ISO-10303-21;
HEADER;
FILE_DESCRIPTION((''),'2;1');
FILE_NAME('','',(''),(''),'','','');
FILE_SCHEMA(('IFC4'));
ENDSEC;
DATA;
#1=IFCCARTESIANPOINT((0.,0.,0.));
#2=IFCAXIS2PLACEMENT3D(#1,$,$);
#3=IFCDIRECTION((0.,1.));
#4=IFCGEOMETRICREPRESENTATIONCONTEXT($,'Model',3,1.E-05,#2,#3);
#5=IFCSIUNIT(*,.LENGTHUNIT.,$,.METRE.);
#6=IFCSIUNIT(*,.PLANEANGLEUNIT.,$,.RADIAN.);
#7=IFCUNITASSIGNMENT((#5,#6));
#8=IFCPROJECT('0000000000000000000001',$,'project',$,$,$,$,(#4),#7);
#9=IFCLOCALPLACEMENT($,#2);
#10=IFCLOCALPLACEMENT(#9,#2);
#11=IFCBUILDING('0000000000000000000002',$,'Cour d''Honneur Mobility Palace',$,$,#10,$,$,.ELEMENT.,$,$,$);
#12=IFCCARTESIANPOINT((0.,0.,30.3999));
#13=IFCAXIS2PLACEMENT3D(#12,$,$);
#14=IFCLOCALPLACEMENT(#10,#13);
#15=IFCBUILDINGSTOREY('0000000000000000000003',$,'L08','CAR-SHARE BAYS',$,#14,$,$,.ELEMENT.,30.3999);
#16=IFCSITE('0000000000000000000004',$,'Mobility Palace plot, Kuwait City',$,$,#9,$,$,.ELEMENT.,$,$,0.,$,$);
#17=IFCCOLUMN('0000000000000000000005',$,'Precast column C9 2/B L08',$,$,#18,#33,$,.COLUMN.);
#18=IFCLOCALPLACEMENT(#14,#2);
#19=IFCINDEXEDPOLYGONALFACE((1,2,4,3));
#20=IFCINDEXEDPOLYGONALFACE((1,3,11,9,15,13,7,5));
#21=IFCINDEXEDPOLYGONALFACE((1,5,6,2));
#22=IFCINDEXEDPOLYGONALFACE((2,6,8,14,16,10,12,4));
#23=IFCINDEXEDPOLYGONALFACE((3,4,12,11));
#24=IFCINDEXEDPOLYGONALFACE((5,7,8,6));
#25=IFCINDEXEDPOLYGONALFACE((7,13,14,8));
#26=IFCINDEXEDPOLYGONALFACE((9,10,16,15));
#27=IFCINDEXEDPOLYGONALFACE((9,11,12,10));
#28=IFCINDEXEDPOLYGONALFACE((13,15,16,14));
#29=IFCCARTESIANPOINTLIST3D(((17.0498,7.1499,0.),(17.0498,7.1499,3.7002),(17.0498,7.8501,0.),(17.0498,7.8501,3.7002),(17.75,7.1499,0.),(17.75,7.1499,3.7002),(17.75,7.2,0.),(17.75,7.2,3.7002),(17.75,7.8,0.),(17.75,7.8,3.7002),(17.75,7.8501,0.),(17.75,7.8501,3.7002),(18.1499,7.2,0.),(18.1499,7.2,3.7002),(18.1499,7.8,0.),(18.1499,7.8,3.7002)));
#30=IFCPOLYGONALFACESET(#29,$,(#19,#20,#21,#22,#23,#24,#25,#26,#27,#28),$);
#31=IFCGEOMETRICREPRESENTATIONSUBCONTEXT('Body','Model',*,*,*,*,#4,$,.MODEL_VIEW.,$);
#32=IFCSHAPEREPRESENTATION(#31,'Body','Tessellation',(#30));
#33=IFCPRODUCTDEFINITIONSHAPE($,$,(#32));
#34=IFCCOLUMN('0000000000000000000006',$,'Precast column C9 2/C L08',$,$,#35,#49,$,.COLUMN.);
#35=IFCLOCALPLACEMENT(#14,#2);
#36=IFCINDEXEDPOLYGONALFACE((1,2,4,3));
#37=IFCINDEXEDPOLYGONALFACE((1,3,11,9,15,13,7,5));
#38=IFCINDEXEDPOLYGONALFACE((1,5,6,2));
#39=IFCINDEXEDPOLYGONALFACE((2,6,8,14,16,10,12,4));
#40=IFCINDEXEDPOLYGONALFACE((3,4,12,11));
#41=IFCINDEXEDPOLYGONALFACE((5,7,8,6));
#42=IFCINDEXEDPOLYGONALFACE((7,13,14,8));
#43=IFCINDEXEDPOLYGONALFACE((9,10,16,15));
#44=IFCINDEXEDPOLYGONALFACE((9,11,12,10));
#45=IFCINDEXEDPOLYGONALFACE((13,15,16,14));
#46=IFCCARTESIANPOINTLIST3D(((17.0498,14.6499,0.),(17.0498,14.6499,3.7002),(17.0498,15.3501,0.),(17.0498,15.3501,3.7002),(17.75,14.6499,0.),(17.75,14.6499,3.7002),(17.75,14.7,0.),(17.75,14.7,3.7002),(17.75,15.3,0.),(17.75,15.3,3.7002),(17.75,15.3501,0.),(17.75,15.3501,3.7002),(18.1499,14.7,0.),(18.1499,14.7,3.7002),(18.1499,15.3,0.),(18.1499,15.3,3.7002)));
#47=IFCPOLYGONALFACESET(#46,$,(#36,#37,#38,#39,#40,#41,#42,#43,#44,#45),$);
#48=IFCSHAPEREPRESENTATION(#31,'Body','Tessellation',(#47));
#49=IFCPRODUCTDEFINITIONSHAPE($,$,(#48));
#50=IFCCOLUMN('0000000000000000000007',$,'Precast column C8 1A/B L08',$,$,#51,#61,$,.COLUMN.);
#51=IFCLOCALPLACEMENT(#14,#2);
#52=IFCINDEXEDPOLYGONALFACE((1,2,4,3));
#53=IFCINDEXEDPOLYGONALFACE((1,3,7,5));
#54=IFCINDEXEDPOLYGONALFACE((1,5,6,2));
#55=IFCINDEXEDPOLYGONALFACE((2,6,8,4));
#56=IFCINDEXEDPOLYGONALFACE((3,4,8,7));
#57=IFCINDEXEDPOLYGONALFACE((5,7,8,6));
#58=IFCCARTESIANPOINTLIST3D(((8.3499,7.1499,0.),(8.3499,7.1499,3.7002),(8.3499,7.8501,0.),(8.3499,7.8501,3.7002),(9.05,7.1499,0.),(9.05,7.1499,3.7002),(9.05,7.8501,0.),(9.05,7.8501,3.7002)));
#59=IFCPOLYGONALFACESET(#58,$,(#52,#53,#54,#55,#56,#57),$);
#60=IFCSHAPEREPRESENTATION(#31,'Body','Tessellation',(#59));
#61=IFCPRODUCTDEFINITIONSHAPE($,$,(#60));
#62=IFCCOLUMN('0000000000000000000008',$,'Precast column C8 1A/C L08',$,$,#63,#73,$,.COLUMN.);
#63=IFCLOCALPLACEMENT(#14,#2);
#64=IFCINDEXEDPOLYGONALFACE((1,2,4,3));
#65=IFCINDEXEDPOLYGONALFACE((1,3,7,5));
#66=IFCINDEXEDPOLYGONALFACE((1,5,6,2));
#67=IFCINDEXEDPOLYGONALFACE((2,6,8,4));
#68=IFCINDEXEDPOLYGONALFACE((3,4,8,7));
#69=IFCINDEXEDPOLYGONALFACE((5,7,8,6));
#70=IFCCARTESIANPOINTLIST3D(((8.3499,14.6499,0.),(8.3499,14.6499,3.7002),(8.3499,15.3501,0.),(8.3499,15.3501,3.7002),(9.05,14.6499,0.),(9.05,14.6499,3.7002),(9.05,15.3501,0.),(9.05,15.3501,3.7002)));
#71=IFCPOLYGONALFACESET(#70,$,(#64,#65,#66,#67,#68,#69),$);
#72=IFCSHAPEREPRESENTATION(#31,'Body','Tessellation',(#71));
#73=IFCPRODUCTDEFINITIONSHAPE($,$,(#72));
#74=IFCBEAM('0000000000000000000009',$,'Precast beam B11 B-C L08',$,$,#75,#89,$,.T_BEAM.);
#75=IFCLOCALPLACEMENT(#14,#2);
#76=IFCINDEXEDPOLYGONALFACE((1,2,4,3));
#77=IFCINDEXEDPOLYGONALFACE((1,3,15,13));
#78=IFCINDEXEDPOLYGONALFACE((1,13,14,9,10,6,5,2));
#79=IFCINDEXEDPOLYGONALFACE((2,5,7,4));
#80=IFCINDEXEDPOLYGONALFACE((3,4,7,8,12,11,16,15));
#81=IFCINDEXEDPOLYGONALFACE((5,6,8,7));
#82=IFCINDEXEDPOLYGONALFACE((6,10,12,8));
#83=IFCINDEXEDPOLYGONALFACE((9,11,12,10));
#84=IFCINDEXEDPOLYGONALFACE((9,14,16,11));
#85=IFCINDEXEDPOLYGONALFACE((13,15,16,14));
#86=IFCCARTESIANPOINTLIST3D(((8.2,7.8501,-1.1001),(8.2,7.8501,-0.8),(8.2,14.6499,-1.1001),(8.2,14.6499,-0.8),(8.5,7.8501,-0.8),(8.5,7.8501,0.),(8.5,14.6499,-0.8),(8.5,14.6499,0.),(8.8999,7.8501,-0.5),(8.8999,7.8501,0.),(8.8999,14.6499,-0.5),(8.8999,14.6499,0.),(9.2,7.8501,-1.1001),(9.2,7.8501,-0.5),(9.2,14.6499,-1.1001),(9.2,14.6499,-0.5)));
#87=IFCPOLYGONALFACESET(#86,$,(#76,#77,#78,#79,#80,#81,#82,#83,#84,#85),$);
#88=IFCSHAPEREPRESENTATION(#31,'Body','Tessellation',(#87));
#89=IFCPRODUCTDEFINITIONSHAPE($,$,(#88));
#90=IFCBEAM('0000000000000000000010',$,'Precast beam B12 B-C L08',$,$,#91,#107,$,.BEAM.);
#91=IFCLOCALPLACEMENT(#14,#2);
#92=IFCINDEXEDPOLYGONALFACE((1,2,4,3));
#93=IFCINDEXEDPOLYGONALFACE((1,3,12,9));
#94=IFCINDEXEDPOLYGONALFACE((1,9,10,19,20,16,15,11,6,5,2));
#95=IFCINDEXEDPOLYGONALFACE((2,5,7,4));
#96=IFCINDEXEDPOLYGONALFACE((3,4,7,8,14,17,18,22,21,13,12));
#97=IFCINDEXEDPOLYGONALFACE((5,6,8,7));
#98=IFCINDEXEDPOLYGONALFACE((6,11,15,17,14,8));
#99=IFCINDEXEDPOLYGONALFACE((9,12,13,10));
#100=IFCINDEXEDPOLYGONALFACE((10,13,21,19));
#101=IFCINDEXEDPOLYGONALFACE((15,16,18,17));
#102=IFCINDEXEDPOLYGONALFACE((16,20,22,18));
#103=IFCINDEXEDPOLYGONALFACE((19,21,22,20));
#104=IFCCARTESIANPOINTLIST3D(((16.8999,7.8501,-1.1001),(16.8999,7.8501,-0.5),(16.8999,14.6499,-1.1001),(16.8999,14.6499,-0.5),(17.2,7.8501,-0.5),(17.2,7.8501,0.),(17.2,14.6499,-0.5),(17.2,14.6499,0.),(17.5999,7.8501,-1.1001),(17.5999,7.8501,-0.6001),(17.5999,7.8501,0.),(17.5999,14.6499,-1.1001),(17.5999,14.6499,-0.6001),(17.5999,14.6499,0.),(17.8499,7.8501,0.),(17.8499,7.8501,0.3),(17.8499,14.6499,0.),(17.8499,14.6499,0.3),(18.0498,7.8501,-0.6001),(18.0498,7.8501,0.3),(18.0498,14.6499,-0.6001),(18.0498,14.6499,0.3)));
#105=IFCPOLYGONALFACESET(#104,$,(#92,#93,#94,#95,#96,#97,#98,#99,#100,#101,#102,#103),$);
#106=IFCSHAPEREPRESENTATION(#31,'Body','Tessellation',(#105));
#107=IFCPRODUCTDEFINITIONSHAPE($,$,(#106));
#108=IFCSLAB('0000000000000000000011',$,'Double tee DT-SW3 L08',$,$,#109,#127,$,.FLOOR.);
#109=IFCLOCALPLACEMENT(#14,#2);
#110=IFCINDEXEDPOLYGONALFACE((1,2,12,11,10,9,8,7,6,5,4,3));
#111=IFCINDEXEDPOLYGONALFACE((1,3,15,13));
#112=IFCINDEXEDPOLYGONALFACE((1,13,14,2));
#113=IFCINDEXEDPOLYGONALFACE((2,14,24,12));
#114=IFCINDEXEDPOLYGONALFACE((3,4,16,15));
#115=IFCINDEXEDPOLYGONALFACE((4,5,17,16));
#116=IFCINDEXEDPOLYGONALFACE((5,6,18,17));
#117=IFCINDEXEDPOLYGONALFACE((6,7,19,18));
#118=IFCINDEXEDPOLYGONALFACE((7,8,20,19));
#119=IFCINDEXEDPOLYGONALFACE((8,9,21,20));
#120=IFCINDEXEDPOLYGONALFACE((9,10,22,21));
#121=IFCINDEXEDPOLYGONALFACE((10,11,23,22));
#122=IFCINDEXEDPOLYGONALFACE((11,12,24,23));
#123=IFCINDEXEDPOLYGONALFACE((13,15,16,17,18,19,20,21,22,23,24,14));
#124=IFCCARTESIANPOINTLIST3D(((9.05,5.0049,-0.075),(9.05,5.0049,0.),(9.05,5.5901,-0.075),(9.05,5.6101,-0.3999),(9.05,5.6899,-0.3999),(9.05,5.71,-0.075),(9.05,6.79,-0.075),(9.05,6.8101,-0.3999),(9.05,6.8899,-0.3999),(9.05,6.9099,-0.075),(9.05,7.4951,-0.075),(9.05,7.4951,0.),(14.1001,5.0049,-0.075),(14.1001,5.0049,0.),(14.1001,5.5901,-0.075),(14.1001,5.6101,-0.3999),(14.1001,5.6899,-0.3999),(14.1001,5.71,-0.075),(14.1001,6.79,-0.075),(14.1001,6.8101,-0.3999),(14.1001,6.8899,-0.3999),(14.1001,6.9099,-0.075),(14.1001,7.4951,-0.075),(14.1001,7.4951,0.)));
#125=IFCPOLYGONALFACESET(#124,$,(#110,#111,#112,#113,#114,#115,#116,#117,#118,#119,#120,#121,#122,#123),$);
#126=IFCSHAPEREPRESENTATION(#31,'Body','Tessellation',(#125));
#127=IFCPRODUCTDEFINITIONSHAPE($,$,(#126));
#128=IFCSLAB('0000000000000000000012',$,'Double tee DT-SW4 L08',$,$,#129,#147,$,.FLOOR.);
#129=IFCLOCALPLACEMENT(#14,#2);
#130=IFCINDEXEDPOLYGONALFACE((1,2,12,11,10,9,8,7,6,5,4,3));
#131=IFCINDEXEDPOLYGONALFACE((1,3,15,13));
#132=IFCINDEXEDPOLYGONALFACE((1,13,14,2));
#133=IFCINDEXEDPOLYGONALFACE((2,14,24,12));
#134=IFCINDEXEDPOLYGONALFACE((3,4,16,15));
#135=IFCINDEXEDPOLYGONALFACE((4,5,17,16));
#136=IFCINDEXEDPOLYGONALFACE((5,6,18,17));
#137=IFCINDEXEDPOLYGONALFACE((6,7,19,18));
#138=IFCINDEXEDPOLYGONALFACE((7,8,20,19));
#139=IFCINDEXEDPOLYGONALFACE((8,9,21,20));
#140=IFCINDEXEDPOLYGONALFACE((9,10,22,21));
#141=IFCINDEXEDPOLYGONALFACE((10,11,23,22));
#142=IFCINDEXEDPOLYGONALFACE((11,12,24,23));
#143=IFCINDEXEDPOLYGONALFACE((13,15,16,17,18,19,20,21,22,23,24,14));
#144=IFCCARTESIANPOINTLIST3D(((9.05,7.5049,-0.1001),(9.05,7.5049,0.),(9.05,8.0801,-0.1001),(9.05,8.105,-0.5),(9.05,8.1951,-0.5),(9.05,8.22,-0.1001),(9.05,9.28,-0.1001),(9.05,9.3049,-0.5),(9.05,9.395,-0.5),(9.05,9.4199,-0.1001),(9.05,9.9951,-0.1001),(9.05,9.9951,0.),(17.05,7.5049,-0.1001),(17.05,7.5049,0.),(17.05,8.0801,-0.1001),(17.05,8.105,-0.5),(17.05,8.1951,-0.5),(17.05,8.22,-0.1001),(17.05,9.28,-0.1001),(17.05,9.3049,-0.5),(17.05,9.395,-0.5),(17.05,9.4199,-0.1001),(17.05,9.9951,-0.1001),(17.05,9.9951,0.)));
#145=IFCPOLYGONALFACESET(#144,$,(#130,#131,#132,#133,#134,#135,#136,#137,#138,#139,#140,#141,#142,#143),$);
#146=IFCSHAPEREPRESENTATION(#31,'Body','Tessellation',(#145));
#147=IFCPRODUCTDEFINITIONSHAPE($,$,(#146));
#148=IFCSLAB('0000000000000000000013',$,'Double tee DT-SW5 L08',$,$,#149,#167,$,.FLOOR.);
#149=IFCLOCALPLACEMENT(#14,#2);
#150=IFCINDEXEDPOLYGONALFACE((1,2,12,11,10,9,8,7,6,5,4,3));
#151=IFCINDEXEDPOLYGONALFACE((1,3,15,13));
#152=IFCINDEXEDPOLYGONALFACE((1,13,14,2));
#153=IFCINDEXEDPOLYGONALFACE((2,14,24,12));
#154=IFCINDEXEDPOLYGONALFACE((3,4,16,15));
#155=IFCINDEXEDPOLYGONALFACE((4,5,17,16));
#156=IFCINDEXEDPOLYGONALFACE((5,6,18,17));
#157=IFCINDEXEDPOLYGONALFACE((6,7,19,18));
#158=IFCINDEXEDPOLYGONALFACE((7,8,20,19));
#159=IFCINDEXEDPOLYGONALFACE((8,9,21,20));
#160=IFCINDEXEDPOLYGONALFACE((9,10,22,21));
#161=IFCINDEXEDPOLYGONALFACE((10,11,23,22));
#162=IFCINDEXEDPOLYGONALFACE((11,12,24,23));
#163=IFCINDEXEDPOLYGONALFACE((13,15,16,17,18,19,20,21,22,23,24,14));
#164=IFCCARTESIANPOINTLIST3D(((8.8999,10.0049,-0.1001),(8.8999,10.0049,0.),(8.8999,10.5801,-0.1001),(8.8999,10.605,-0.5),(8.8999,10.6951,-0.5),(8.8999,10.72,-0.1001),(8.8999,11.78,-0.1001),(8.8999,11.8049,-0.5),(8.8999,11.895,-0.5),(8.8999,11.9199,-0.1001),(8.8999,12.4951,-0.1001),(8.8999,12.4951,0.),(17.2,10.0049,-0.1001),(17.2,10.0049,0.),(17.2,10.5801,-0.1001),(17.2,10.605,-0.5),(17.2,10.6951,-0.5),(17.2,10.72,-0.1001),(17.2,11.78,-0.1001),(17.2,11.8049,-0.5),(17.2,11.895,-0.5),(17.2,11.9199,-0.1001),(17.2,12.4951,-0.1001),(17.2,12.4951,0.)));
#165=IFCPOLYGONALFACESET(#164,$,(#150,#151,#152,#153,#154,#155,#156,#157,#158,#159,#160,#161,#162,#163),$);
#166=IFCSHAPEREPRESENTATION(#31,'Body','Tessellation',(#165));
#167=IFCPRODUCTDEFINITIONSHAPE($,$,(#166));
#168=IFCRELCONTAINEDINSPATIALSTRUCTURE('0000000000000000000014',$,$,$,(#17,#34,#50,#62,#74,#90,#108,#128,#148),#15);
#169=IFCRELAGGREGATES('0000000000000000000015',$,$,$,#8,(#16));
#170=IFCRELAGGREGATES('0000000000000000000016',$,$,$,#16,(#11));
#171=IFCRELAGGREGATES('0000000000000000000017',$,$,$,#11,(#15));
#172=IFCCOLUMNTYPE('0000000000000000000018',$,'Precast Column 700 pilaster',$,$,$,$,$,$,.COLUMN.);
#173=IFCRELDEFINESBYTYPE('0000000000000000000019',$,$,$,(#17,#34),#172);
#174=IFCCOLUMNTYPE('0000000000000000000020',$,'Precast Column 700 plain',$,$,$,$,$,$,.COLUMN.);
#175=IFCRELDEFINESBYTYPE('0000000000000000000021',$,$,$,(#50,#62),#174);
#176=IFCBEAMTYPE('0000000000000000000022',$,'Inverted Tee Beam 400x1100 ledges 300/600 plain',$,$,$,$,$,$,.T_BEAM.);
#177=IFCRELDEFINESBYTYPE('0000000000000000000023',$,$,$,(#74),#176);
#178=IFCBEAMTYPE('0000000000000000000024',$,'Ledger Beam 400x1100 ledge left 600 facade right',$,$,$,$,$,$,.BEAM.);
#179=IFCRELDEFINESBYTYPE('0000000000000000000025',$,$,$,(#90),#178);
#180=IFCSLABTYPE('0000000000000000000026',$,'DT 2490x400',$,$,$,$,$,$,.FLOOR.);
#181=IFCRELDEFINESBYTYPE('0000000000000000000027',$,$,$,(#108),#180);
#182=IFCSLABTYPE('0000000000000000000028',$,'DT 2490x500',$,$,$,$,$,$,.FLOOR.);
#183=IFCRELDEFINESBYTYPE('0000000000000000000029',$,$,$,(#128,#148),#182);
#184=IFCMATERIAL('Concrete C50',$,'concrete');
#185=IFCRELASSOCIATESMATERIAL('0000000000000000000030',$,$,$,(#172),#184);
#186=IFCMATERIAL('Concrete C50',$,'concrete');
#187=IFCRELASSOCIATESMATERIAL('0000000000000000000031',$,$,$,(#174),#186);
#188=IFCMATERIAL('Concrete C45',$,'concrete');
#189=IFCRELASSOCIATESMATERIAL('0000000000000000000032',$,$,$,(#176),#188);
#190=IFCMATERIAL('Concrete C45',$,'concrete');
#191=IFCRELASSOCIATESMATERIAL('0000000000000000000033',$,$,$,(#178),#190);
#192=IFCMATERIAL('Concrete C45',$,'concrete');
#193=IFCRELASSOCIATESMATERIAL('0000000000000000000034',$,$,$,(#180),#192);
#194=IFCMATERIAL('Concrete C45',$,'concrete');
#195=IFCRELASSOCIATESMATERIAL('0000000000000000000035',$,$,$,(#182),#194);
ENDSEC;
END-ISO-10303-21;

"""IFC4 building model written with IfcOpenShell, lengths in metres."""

from ifc_helpers import new_model, si_unit, direction, frame, origin, place, context, subcontext, project, spatial, polyline, outline, extrude, material, material_profile, profile_set, type_object, element, save


model = new_model("IFC4")

# Units and contexts
model_context = context("Model", 3, precision=1e-05, world=origin(), true_north=direction((0.0, 1.0)))
body_context = subcontext(model_context, "Body", "Model", "MODEL_VIEW")
ifc_project = project(units=[si_unit("LENGTHUNIT", "METRE"), si_unit("PLANEANGLEUNIT", "RADIAN")], contexts=[model_context])

# Site, building, storey
site_placement = place(None, origin())
site = spatial("IfcSite", under=ifc_project, at=site_placement, Name="Mobility Palace plot, Kuwait City", CompositionType="ELEMENT", RefElevation=0.0)
building_placement = place(site_placement, origin())
building = spatial("IfcBuilding", under=site, at=building_placement, Name="Cour d'Honneur Mobility Palace", CompositionType="ELEMENT")
storey_placement = place(building_placement, frame((0.0, 0.0, 30.3999)))
storey = spatial("IfcBuildingStorey", under=building, at=storey_placement, Name="L08", Description="CAR-SHARE BAYS", CompositionType="ELEMENT", Elevation=30.3999)

# Columns
ifc_material_1 = material(Name="Concrete C50", Category="concrete")
ifc_material_profile_1 = material_profile(ifc_material_1, outline(polyline([(-0.3501, -0.3501), (0.3501, -0.3501), (0.3501, -0.3), (0.75, -0.3), (0.75, 0.3), (0.3501, 0.3), (0.3501, 0.3501), (-0.3501, 0.3501), (-0.3501, -0.3501)])), Name="PC C700 pilaster")
ifc_profile_set_1 = profile_set([ifc_material_profile_1], Name="Concrete C50")
column_type_1 = type_object("IfcColumnType", Name="Precast Column 700 pilaster", PredefinedType="COLUMN", material=ifc_profile_set_1)
for number, where, z_axis, x_axis, name in (
    (1, (17.3999, 7.5, 0.0), (0.0, 0.0, 1.0), (1.0, 0.0, 0.0), "Precast column C9 2/B L08"),
    (2, (17.3999, 15.0, 0.0), (0.0, 0.0, 1.0), (1.0, 0.0, 0.0), "Precast column C9 2/C L08"),
):
    element("IfcColumn", number, at=place(storey_placement, frame(where, z_axis=z_axis, x_axis=x_axis)), inside=storey, type_object=column_type_1, Name=name, PredefinedType="COLUMN", context=body_context, shape_type="SweptSolid", body=[
        extrude(outline(polyline([(-0.3501, -0.3501), (0.3501, -0.3501), (0.3501, -0.3), (0.75, -0.3), (0.75, 0.3), (0.3501, 0.3), (0.3501, 0.3501), (-0.3501, 0.3501), (-0.3501, -0.3501)])), origin(), (0.0, 0.0, 1.0), 3.7002),
    ])
ifc_material_2 = material(Name="Concrete C50", Category="concrete")
ifc_material_profile_2 = material_profile(ifc_material_2, outline(polyline([(-0.3501, -0.3501), (0.3501, -0.3501), (0.3501, 0.3501), (-0.3501, 0.3501), (-0.3501, -0.3501)])), Name="PC C700 plain")
ifc_profile_set_2 = profile_set([ifc_material_profile_2], Name="Concrete C50")
column_type_2 = type_object("IfcColumnType", Name="Precast Column 700 plain", PredefinedType="COLUMN", material=ifc_profile_set_2)
for number, where, z_axis, x_axis, name in (
    (3, (8.7, 7.5, 0.0), (0.0, 0.0, 1.0), (1.0, 0.0, 0.0), "Precast column C8 1A/B L08"),
    (4, (8.7, 15.0, 0.0), (0.0, 0.0, 1.0), (1.0, 0.0, 0.0), "Precast column C8 1A/C L08"),
):
    element("IfcColumn", number, at=place(storey_placement, frame(where, z_axis=z_axis, x_axis=x_axis)), inside=storey, type_object=column_type_2, Name=name, PredefinedType="COLUMN", context=body_context, shape_type="SweptSolid", body=[
        extrude(outline(polyline([(-0.3501, -0.3501), (0.3501, -0.3501), (0.3501, 0.3501), (-0.3501, 0.3501), (-0.3501, -0.3501)])), origin(), (0.0, 0.0, 1.0), 3.7002),
    ])

# Beams
ifc_material_3 = material(Name="Concrete C45", Category="concrete")
ifc_material_profile_3 = material_profile(ifc_material_3, outline(polyline([(0.5, -1.1001), (0.5, -0.8), (0.2, -0.8), (0.2, 0.0), (-0.2, 0.0), (-0.2, -0.5), (-0.5, -0.5), (-0.5, -1.1001), (0.5, -1.1001)])), Name="Inverted Tee Beam 400x1100 ledges 300/600 plain")
ifc_profile_set_3 = profile_set([ifc_material_profile_3], Name="Concrete C45")
beam_type_1 = type_object("IfcBeamType", Name="Inverted Tee Beam 400x1100 ledges 300/600 plain", PredefinedType="T_BEAM", material=ifc_profile_set_3)
beam_1_placement = place(storey_placement, frame((8.7, 7.8501, 0.0), z_axis=(0.0, 1.0, 0.0), x_axis=(-1.0, 0.0, 0.0)))
element("IfcBeam", 5, at=beam_1_placement, inside=storey, type_object=beam_type_1, Name="Precast beam B11 B-C L08", PredefinedType="T_BEAM", context=body_context, shape_type="SweptSolid", body=[
    extrude(outline(polyline([(0.5, -1.1001), (0.5, -0.8), (0.2, -0.8), (0.2, 0.0), (-0.2, 0.0), (-0.2, -0.5), (-0.5, -0.5), (-0.5, -1.1001), (0.5, -1.1001)])), origin(), (0.0, 0.0, 1.0), 6.7998),
])
ifc_material_4 = material(Name="Concrete C45", Category="concrete")
ifc_material_profile_4 = material_profile(ifc_material_4, outline(polyline([(0.5, -1.1001), (0.5, -0.5), (0.2, -0.5), (0.2, 0.0), (-0.2, 0.0), (-0.45, 0.0), (-0.45, 0.3), (-0.6499, 0.3), (-0.6499, -0.6001), (-0.2, -0.6001), (-0.2, -1.1001), (0.5, -1.1001)])), Name="Ledger Beam 400x1100 ledge left 600 facade right")
ifc_profile_set_4 = profile_set([ifc_material_profile_4], Name="Concrete C45")
beam_type_2 = type_object("IfcBeamType", Name="Ledger Beam 400x1100 ledge left 600 facade right", PredefinedType="BEAM", material=ifc_profile_set_4)
beam_2_placement = place(storey_placement, frame((17.3999, 7.8501, 0.0), z_axis=(0.0, 1.0, 0.0), x_axis=(-1.0, 0.0, 0.0)))
element("IfcBeam", 6, at=beam_2_placement, inside=storey, type_object=beam_type_2, Name="Precast beam B12 B-C L08", PredefinedType="BEAM", context=body_context, shape_type="SweptSolid", body=[
    extrude(outline(polyline([(0.5, -1.1001), (0.5, -0.5), (0.2, -0.5), (0.2, 0.0), (-0.2, 0.0), (-0.45, 0.0), (-0.45, 0.3), (-0.6499, 0.3), (-0.6499, -0.6001), (-0.2, -0.6001), (-0.2, -1.1001), (0.5, -1.1001)])), origin(), (0.0, 0.0, 1.0), 6.7998),
])

# Slabs
ifc_material_5 = material(Name="Concrete C45", Category="concrete")
ifc_material_profile_5 = material_profile(ifc_material_5, outline(polyline([(-1.2451, 0.0), (1.2451, 0.0), (1.2451, -0.075), (0.6599, -0.075), (0.6399, -0.3999), (0.5601, -0.3999), (0.54, -0.075), (-0.54, -0.075), (-0.5601, -0.3999), (-0.6399, -0.3999), (-0.6599, -0.075), (-1.2451, -0.075), (-1.2451, 0.0)])), Name="DT 2490x400")
ifc_profile_set_5 = profile_set([ifc_material_profile_5], Name="Concrete C45")
slab_type_1 = type_object("IfcSlabType", Name="DT 2490x400", PredefinedType="FLOOR", material=ifc_profile_set_5)
slab_1_placement = place(storey_placement, frame((9.05, 6.25, 0.0), z_axis=(1.0, 0.0, 0.0), x_axis=(0.0, 1.0, 0.0)))
element("IfcSlab", 7, at=slab_1_placement, inside=storey, type_object=slab_type_1, Name="Double tee DT-SW3 L08", PredefinedType="FLOOR", context=body_context, shape_type="SweptSolid", body=[
    extrude(outline(polyline([(-1.2451, 0.0), (1.2451, 0.0), (1.2451, -0.075), (0.6599, -0.075), (0.6399, -0.3999), (0.5601, -0.3999), (0.54, -0.075), (-0.54, -0.075), (-0.5601, -0.3999), (-0.6399, -0.3999), (-0.6599, -0.075), (-1.2451, -0.075), (-1.2451, 0.0)])), origin(), (0.0, 0.0, 1.0), 5.05),
])
ifc_material_6 = material(Name="Concrete C45", Category="concrete")
ifc_material_profile_6 = material_profile(ifc_material_6, outline(polyline([(-1.2451, 0.0), (1.2451, 0.0), (1.2451, -0.1001), (0.6699, -0.1001), (0.645, -0.5), (0.5549, -0.5), (0.53, -0.1001), (-0.53, -0.1001), (-0.5549, -0.5), (-0.645, -0.5), (-0.6699, -0.1001), (-1.2451, -0.1001), (-1.2451, 0.0)])), Name="DT 2490x500")
ifc_profile_set_6 = profile_set([ifc_material_profile_6], Name="Concrete C45")
slab_type_2 = type_object("IfcSlabType", Name="DT 2490x500", PredefinedType="FLOOR", material=ifc_profile_set_6)
slab_2_placement = place(storey_placement, frame((9.05, 8.75, 0.0), z_axis=(1.0, 0.0, 0.0), x_axis=(0.0, 1.0, 0.0)))
element("IfcSlab", 8, at=slab_2_placement, inside=storey, type_object=slab_type_2, Name="Double tee DT-SW4 L08", PredefinedType="FLOOR", context=body_context, shape_type="SweptSolid", body=[
    extrude(outline(polyline([(-1.2451, 0.0), (1.2451, 0.0), (1.2451, -0.1001), (0.6699, -0.1001), (0.645, -0.5), (0.5549, -0.5), (0.53, -0.1001), (-0.53, -0.1001), (-0.5549, -0.5), (-0.645, -0.5), (-0.6699, -0.1001), (-1.2451, -0.1001), (-1.2451, 0.0)])), origin(), (0.0, 0.0, 1.0), 8.0),
])
slab_3_placement = place(storey_placement, frame((8.8999, 11.25, 0.0), z_axis=(1.0, 0.0, 0.0), x_axis=(0.0, 1.0, 0.0)))
element("IfcSlab", 9, at=slab_3_placement, inside=storey, type_object=slab_type_2, Name="Double tee DT-SW5 L08", PredefinedType="FLOOR", context=body_context, shape_type="SweptSolid", body=[
    extrude(outline(polyline([(-1.2451, 0.0), (1.2451, 0.0), (1.2451, -0.1001), (0.6699, -0.1001), (0.645, -0.5), (0.5549, -0.5), (0.53, -0.1001), (-0.53, -0.1001), (-0.5549, -0.5), (-0.645, -0.5), (-0.6699, -0.1001), (-1.2451, -0.1001), (-1.2451, 0.0)])), origin(), (0.0, 0.0, 1.0), 8.3),
])

save(model, "model.ifc")
